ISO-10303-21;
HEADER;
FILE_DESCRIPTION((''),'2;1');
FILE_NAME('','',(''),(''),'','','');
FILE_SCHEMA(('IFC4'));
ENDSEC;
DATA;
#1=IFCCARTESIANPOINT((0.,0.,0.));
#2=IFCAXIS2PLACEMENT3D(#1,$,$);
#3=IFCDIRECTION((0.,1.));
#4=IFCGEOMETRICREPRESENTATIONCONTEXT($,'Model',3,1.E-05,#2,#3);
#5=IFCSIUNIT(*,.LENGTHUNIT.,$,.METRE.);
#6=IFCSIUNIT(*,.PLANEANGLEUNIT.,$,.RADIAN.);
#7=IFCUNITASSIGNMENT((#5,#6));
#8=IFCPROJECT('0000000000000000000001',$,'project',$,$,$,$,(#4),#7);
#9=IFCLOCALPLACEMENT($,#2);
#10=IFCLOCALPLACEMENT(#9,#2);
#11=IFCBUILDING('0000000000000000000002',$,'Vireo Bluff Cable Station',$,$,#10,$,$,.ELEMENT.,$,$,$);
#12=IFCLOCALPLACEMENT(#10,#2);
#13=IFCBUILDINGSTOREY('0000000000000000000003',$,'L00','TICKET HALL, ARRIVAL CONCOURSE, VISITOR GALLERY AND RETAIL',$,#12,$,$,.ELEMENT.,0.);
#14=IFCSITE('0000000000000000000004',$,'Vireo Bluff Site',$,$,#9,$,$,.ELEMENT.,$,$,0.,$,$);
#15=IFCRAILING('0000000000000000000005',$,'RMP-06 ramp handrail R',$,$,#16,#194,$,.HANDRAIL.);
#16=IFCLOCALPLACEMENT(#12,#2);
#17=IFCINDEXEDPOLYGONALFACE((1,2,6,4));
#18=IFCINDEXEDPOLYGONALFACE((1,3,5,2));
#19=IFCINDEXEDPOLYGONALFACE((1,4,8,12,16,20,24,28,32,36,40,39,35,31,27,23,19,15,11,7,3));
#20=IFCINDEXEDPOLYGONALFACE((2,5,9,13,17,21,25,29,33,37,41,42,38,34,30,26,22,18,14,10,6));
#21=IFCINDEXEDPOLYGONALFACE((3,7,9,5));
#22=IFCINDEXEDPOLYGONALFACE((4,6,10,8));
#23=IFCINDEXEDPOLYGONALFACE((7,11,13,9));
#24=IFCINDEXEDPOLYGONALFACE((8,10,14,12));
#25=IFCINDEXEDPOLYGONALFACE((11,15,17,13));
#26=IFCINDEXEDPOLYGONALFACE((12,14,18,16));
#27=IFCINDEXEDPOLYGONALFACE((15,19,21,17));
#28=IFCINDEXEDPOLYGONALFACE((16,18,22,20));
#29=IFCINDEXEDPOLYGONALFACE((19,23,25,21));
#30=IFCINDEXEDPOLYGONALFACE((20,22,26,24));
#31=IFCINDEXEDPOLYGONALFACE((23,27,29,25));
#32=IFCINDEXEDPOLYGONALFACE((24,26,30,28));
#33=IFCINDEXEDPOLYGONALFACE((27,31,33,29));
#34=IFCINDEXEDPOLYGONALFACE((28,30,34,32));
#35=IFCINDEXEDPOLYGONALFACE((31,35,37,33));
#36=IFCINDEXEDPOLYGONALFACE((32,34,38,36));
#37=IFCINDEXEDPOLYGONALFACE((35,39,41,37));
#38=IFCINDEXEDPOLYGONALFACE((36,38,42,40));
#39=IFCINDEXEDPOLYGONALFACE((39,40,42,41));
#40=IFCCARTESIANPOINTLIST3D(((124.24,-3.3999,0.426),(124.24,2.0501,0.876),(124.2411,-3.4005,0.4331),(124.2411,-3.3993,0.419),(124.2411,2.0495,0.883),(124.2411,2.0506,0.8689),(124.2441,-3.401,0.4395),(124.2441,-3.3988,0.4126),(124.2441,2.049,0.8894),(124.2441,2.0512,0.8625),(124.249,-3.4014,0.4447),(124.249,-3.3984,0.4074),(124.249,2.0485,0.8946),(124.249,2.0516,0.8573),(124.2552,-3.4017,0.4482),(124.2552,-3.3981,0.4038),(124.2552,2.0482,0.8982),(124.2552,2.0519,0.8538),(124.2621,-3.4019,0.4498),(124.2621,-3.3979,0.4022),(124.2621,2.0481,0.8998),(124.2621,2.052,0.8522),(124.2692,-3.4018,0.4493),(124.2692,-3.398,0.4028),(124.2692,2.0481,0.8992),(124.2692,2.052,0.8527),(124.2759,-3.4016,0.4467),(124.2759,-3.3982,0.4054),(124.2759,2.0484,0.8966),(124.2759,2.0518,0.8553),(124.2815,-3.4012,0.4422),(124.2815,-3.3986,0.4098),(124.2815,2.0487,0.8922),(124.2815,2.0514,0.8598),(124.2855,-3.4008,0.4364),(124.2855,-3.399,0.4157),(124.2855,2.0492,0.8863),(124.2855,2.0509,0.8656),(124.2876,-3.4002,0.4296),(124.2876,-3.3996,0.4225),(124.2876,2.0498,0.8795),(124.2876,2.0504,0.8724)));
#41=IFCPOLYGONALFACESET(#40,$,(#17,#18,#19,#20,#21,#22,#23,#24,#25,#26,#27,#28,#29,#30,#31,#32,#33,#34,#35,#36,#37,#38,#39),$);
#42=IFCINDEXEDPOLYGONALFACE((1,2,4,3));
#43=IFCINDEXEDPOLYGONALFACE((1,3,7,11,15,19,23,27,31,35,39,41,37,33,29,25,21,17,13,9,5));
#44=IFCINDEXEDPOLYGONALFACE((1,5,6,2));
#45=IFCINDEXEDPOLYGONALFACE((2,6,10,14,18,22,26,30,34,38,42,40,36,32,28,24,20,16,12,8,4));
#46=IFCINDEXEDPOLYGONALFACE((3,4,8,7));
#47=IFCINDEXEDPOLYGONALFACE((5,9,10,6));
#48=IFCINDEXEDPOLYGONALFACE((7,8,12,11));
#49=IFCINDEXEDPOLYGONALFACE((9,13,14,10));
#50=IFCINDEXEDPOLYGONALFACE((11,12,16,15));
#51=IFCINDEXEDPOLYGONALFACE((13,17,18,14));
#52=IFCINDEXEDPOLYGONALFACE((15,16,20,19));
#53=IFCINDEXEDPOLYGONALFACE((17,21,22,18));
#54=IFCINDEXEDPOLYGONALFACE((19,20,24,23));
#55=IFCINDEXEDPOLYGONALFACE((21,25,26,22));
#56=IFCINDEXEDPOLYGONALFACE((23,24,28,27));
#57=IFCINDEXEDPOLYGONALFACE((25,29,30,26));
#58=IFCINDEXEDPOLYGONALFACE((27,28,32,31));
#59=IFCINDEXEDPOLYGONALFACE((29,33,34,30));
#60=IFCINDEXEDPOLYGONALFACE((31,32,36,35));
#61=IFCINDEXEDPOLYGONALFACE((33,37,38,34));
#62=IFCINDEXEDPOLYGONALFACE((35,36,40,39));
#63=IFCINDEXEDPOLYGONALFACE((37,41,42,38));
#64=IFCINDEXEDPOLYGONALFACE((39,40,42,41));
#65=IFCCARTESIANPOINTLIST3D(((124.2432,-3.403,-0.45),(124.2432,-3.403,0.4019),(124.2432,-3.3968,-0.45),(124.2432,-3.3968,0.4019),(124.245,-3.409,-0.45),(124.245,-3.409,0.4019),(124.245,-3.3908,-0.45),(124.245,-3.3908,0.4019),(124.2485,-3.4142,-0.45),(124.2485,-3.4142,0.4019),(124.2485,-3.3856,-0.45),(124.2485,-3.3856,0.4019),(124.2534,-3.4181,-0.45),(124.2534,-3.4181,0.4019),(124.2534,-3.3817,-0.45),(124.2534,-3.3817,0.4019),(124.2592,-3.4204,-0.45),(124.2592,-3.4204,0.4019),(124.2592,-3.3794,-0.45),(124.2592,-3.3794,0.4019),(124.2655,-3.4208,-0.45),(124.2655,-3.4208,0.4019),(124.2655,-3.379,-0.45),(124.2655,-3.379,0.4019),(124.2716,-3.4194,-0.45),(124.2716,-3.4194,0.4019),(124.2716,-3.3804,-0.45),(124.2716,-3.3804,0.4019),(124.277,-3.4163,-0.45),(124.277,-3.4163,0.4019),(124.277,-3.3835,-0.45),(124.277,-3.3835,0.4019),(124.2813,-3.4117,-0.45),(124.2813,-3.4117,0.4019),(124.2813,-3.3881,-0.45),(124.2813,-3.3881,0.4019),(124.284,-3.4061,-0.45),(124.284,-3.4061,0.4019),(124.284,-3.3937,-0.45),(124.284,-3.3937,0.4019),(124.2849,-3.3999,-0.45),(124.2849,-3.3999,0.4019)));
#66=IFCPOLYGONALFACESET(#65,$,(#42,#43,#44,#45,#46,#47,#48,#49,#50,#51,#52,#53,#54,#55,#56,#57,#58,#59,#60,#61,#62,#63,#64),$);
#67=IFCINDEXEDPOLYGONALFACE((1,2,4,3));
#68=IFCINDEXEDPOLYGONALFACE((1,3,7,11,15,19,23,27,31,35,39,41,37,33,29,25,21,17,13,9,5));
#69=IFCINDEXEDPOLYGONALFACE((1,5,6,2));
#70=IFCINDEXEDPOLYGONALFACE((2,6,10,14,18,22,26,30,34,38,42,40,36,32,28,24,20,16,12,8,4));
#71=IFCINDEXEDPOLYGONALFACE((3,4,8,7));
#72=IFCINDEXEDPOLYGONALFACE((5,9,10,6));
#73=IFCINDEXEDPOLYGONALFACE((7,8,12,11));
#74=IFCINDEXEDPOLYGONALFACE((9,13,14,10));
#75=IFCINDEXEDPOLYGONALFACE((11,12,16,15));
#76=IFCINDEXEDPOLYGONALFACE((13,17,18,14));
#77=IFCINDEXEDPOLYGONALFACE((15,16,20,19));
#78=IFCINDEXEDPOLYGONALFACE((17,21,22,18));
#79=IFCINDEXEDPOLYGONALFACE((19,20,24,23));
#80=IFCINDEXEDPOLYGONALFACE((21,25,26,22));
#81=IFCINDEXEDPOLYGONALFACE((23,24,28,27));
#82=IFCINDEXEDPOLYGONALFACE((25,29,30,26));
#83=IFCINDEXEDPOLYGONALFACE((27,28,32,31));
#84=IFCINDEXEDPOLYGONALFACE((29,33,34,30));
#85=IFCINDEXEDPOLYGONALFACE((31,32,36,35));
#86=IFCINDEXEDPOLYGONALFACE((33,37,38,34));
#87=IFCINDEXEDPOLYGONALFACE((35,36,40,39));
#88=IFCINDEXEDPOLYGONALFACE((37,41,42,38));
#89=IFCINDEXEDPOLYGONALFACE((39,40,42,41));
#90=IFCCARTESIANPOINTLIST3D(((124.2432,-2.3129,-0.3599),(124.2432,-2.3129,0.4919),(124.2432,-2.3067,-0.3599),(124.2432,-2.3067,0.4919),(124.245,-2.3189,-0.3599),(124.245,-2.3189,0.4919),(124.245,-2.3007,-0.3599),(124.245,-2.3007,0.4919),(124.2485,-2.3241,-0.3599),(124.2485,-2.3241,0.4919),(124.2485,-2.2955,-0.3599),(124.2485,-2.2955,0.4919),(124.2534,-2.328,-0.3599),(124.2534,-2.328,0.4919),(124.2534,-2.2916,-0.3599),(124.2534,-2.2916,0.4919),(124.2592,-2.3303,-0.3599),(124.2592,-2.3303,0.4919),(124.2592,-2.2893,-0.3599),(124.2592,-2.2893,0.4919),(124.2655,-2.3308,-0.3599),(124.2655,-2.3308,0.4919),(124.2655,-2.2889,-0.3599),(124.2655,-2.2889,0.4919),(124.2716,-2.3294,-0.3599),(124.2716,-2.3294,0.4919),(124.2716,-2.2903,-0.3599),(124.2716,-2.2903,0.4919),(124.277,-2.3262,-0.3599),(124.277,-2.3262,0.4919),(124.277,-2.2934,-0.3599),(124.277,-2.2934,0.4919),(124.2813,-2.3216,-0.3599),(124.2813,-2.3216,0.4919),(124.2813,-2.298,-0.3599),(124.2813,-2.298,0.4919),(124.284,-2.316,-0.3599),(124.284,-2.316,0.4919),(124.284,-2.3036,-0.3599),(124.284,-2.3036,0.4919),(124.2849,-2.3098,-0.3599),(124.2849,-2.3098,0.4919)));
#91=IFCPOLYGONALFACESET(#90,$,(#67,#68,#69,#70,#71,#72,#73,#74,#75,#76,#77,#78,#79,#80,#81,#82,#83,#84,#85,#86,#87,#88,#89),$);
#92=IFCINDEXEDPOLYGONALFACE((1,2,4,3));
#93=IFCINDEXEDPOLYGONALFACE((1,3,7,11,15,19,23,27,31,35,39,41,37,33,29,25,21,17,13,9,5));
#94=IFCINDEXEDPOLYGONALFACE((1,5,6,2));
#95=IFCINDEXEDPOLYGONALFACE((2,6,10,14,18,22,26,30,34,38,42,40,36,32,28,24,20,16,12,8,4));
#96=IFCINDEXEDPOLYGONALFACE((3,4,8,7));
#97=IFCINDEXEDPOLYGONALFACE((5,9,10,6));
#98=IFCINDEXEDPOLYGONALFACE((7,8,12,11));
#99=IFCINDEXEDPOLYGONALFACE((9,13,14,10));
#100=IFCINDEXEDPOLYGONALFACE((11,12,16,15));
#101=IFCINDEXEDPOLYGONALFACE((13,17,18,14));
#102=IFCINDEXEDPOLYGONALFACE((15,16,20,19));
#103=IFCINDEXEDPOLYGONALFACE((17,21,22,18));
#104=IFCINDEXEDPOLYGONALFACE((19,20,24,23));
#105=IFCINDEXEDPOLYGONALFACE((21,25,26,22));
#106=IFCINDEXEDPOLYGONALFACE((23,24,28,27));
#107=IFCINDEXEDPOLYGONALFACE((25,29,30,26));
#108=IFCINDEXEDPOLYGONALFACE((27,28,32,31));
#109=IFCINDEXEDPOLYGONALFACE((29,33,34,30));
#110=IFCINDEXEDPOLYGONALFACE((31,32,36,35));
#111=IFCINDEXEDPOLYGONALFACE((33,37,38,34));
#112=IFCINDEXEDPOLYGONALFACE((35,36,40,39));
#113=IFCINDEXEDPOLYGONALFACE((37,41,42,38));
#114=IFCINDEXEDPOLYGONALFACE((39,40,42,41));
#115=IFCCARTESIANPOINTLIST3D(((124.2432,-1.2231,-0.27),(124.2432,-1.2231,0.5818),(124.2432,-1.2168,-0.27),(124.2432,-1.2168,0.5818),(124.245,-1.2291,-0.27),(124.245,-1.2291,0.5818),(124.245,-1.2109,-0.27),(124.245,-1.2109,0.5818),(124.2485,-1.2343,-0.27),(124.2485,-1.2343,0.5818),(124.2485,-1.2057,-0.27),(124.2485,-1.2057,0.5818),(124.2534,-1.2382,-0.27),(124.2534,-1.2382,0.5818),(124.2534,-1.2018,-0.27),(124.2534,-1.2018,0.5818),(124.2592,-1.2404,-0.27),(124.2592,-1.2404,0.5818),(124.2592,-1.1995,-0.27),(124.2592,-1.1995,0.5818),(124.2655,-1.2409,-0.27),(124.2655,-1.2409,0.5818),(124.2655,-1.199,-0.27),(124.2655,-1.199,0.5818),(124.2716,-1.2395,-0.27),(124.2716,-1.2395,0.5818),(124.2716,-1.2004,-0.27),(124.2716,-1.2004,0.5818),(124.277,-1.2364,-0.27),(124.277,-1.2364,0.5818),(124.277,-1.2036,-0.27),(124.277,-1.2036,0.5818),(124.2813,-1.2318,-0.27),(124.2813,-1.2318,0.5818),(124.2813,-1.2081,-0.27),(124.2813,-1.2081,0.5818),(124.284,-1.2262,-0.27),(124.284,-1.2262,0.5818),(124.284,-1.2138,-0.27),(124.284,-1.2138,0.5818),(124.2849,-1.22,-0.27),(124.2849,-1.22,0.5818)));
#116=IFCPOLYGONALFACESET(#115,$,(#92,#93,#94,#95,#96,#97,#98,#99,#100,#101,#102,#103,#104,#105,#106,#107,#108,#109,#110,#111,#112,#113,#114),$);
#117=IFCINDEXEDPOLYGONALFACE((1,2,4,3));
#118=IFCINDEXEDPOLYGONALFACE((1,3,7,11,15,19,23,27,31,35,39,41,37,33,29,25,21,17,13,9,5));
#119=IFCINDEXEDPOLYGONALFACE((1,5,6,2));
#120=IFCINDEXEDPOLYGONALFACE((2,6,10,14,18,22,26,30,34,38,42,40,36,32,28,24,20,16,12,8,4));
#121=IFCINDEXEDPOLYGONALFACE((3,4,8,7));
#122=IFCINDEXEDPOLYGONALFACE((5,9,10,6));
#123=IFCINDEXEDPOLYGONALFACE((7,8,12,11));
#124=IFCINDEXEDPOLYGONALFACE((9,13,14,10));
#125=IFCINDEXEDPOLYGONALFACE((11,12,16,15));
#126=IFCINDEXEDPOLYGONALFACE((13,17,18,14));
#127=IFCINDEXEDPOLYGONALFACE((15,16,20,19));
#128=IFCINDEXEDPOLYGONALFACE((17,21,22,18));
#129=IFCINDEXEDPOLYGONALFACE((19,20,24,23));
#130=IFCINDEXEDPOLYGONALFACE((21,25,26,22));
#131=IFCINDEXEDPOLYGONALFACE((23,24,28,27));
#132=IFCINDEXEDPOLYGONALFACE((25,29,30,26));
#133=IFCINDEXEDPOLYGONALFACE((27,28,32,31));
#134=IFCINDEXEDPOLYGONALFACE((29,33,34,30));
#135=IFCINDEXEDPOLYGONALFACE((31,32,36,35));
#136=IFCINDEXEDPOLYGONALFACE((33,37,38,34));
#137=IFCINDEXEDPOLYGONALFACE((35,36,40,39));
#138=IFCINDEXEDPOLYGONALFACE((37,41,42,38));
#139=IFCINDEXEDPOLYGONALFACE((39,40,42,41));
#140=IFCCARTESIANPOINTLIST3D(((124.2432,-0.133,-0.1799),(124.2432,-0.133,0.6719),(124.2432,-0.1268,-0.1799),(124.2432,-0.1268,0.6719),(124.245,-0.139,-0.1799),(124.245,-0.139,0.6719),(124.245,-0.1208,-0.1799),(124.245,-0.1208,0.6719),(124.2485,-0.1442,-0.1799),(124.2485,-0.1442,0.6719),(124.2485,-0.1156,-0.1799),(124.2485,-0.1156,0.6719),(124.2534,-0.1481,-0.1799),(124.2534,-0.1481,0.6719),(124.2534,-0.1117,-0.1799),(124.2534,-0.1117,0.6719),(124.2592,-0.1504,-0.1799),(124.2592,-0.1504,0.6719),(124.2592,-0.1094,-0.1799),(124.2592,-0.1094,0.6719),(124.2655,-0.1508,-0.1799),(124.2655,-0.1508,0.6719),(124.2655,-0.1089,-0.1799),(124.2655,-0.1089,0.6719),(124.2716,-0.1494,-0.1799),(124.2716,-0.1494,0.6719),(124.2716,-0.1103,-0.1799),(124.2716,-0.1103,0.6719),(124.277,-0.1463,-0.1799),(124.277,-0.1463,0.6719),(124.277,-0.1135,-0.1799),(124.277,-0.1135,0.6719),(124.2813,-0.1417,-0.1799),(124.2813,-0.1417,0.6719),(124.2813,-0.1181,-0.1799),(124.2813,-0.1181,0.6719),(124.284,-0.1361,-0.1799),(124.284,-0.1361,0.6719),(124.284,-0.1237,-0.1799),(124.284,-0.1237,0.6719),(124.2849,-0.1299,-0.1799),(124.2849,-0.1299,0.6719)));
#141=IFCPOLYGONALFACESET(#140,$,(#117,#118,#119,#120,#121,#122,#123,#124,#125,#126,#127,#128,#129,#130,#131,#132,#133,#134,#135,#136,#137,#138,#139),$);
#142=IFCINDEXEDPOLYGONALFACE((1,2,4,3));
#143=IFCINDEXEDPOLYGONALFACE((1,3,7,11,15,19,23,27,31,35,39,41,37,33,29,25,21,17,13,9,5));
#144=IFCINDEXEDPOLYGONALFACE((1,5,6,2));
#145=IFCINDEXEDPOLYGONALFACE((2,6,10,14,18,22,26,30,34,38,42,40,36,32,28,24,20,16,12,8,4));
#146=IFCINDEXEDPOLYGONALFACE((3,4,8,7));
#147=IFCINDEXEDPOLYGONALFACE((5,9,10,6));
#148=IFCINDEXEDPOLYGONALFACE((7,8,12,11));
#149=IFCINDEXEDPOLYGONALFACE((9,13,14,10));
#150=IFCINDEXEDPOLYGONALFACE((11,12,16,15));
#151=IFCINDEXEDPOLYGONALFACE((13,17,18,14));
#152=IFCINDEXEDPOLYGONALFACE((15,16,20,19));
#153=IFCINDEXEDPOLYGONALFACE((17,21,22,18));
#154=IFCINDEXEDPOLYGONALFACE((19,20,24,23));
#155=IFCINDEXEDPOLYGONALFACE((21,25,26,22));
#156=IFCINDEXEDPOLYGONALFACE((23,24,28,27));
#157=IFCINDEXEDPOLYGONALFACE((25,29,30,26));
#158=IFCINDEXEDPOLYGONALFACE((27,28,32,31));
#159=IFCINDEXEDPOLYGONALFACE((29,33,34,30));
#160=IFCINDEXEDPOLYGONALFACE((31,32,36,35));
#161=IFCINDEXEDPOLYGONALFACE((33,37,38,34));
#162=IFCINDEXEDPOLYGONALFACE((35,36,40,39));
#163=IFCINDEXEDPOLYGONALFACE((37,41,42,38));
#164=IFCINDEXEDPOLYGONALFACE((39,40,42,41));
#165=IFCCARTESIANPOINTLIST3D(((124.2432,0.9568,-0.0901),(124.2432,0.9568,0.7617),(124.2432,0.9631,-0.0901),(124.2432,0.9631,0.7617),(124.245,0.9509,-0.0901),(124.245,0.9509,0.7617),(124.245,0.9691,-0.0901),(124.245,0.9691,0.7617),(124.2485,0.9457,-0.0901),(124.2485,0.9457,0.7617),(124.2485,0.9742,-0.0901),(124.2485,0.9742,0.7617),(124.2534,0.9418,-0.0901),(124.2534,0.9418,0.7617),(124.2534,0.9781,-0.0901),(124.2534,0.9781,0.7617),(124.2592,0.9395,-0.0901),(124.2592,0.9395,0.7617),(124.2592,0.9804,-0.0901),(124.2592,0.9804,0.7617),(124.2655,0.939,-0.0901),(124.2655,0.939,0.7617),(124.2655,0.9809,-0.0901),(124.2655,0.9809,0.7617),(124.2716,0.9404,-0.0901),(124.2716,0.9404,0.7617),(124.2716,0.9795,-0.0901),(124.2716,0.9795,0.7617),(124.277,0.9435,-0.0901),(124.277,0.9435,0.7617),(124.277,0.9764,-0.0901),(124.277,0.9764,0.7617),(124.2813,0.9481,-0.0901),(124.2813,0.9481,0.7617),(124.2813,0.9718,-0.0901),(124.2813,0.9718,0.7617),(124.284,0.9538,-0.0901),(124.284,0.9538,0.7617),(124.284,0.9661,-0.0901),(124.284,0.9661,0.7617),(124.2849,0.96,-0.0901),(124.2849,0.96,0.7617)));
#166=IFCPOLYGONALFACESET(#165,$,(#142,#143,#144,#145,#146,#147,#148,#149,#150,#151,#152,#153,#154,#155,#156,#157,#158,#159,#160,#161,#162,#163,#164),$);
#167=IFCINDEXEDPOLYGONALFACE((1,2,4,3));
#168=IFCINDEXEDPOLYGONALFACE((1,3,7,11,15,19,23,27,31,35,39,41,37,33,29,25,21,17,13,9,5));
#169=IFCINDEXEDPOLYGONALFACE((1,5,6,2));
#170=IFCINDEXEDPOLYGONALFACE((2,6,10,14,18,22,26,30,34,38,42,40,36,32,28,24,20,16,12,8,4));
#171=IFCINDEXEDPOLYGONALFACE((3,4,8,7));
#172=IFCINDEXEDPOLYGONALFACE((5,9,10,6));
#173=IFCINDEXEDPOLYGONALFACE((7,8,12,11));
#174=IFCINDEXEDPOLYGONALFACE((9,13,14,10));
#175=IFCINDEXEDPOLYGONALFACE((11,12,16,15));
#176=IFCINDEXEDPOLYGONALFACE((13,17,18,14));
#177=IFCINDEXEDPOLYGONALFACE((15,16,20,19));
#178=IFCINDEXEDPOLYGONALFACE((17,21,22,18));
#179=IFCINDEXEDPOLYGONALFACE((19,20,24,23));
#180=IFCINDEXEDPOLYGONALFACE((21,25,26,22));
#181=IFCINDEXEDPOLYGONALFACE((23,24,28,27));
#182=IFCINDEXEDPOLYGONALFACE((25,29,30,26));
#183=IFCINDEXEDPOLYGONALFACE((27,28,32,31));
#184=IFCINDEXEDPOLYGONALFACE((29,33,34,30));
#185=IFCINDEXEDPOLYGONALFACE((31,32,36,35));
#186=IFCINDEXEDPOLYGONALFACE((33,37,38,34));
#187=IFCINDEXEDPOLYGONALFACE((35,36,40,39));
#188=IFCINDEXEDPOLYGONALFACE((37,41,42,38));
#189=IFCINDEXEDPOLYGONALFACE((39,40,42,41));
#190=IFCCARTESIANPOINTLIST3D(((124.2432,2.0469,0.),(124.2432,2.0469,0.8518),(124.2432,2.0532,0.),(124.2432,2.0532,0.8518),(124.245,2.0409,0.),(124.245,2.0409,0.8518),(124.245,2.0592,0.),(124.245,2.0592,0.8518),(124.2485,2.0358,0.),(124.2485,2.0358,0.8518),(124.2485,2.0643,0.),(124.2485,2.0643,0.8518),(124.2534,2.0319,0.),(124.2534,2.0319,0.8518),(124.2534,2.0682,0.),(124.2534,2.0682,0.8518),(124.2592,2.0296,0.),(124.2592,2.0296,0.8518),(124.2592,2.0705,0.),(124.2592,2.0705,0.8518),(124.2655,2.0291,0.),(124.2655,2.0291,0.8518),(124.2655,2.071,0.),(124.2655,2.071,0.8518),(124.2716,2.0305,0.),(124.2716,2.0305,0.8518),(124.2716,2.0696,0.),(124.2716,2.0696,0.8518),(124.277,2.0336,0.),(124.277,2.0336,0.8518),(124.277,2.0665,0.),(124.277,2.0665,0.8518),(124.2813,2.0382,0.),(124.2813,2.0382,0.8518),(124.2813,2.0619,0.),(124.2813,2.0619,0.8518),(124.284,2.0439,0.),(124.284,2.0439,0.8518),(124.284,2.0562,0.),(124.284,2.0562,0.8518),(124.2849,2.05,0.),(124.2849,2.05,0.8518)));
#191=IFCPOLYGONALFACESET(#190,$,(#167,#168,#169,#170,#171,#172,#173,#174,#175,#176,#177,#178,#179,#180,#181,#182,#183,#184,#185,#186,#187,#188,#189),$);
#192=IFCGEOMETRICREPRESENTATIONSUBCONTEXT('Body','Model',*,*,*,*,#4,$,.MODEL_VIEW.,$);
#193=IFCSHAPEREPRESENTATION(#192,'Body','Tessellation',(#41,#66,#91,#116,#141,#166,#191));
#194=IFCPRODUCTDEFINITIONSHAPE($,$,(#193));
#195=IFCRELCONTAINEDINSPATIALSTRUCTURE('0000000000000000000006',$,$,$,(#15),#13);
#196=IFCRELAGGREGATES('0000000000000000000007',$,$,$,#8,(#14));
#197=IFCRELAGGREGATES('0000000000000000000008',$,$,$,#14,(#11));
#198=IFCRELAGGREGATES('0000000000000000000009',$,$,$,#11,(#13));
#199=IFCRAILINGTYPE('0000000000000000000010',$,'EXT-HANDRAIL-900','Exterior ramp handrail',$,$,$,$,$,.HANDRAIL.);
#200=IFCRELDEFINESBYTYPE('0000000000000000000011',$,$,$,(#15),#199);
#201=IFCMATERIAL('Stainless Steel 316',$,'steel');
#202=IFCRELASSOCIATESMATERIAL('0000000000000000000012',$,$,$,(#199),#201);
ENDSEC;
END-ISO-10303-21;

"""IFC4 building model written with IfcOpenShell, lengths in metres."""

from ifc_helpers import new_model, si_unit, direction, frame, origin, origin_2d, place, context, subcontext, project, spatial, circle, extrude, material, type_object, element, save


model = new_model("IFC4")

# Units and contexts
model_context = context("Model", 3, precision=1e-05, world=origin(), true_north=direction((0.0, 1.0)))
body_context = subcontext(model_context, "Body", "Model", "MODEL_VIEW")
ifc_project = project(units=[si_unit("LENGTHUNIT", "METRE"), si_unit("PLANEANGLEUNIT", "RADIAN")], contexts=[model_context])

# Site, building, storey
site_placement = place(None, origin())
site = spatial("IfcSite", under=ifc_project, at=site_placement, Name="Vireo Bluff Site", CompositionType="ELEMENT", RefElevation=0.0)
building_placement = place(site_placement, origin())
building = spatial("IfcBuilding", under=site, at=building_placement, Name="Vireo Bluff Cable Station", CompositionType="ELEMENT")
storey_placement = place(building_placement, origin())
storey = spatial("IfcBuildingStorey", under=building, at=storey_placement, Name="L00", Description="TICKET HALL, ARRIVAL CONCOURSE, VISITOR GALLERY AND RETAIL", CompositionType="ELEMENT", Elevation=0.0)

# Railing
ifc_material_1 = material(Name="Stainless Steel 316", Category="steel")
railing_type = type_object("IfcRailingType", Name="EXT-HANDRAIL-900", Description="Exterior ramp handrail", PredefinedType="HANDRAIL", material=ifc_material_1)
for number, where, name in (
    (1, (124.2639, -3.3999, -0.45), "RMP-06 ramp handrail R"),
):
    element("IfcRailing", number, at=place(storey_placement, frame(where)), inside=storey, type_object=railing_type, Name=name, PredefinedType="HANDRAIL", context=body_context, shape_type="SweptSolid", body=[
        extrude(circle(Radius=0.0239, at=origin_2d()), frame((0.0, 0.0, 0.876), z_axis=(0.0, 0.996609, 0.082281), x_axis=(-1.0, 0.0, 0.0)), (0.0, 0.0, 1.0), 5.4685),
        extrude(circle(Radius=0.021, at=origin_2d()), origin(), (0.0, 0.0, 1.0), 0.8518),
        extrude(circle(Radius=0.021, at=origin_2d()), frame((0.0, 1.0901, 0.0901)), (0.0, 0.0, 1.0), 0.8518),
        extrude(circle(Radius=0.021, at=origin_2d()), frame((0.0, 2.1799, 0.1799)), (0.0, 0.0, 1.0), 0.8518),
        extrude(circle(Radius=0.021, at=origin_2d()), frame((0.0, 3.27, 0.27)), (0.0, 0.0, 1.0), 0.8518),
        extrude(circle(Radius=0.021, at=origin_2d()), frame((0.0, 4.3599, 0.3599)), (0.0, 0.0, 1.0), 0.8518),
        extrude(circle(Radius=0.021, at=origin_2d()), frame((0.0, 5.45, 0.45)), (0.0, 0.0, 1.0), 0.8518),
    ])

save(model, "model.ifc")
